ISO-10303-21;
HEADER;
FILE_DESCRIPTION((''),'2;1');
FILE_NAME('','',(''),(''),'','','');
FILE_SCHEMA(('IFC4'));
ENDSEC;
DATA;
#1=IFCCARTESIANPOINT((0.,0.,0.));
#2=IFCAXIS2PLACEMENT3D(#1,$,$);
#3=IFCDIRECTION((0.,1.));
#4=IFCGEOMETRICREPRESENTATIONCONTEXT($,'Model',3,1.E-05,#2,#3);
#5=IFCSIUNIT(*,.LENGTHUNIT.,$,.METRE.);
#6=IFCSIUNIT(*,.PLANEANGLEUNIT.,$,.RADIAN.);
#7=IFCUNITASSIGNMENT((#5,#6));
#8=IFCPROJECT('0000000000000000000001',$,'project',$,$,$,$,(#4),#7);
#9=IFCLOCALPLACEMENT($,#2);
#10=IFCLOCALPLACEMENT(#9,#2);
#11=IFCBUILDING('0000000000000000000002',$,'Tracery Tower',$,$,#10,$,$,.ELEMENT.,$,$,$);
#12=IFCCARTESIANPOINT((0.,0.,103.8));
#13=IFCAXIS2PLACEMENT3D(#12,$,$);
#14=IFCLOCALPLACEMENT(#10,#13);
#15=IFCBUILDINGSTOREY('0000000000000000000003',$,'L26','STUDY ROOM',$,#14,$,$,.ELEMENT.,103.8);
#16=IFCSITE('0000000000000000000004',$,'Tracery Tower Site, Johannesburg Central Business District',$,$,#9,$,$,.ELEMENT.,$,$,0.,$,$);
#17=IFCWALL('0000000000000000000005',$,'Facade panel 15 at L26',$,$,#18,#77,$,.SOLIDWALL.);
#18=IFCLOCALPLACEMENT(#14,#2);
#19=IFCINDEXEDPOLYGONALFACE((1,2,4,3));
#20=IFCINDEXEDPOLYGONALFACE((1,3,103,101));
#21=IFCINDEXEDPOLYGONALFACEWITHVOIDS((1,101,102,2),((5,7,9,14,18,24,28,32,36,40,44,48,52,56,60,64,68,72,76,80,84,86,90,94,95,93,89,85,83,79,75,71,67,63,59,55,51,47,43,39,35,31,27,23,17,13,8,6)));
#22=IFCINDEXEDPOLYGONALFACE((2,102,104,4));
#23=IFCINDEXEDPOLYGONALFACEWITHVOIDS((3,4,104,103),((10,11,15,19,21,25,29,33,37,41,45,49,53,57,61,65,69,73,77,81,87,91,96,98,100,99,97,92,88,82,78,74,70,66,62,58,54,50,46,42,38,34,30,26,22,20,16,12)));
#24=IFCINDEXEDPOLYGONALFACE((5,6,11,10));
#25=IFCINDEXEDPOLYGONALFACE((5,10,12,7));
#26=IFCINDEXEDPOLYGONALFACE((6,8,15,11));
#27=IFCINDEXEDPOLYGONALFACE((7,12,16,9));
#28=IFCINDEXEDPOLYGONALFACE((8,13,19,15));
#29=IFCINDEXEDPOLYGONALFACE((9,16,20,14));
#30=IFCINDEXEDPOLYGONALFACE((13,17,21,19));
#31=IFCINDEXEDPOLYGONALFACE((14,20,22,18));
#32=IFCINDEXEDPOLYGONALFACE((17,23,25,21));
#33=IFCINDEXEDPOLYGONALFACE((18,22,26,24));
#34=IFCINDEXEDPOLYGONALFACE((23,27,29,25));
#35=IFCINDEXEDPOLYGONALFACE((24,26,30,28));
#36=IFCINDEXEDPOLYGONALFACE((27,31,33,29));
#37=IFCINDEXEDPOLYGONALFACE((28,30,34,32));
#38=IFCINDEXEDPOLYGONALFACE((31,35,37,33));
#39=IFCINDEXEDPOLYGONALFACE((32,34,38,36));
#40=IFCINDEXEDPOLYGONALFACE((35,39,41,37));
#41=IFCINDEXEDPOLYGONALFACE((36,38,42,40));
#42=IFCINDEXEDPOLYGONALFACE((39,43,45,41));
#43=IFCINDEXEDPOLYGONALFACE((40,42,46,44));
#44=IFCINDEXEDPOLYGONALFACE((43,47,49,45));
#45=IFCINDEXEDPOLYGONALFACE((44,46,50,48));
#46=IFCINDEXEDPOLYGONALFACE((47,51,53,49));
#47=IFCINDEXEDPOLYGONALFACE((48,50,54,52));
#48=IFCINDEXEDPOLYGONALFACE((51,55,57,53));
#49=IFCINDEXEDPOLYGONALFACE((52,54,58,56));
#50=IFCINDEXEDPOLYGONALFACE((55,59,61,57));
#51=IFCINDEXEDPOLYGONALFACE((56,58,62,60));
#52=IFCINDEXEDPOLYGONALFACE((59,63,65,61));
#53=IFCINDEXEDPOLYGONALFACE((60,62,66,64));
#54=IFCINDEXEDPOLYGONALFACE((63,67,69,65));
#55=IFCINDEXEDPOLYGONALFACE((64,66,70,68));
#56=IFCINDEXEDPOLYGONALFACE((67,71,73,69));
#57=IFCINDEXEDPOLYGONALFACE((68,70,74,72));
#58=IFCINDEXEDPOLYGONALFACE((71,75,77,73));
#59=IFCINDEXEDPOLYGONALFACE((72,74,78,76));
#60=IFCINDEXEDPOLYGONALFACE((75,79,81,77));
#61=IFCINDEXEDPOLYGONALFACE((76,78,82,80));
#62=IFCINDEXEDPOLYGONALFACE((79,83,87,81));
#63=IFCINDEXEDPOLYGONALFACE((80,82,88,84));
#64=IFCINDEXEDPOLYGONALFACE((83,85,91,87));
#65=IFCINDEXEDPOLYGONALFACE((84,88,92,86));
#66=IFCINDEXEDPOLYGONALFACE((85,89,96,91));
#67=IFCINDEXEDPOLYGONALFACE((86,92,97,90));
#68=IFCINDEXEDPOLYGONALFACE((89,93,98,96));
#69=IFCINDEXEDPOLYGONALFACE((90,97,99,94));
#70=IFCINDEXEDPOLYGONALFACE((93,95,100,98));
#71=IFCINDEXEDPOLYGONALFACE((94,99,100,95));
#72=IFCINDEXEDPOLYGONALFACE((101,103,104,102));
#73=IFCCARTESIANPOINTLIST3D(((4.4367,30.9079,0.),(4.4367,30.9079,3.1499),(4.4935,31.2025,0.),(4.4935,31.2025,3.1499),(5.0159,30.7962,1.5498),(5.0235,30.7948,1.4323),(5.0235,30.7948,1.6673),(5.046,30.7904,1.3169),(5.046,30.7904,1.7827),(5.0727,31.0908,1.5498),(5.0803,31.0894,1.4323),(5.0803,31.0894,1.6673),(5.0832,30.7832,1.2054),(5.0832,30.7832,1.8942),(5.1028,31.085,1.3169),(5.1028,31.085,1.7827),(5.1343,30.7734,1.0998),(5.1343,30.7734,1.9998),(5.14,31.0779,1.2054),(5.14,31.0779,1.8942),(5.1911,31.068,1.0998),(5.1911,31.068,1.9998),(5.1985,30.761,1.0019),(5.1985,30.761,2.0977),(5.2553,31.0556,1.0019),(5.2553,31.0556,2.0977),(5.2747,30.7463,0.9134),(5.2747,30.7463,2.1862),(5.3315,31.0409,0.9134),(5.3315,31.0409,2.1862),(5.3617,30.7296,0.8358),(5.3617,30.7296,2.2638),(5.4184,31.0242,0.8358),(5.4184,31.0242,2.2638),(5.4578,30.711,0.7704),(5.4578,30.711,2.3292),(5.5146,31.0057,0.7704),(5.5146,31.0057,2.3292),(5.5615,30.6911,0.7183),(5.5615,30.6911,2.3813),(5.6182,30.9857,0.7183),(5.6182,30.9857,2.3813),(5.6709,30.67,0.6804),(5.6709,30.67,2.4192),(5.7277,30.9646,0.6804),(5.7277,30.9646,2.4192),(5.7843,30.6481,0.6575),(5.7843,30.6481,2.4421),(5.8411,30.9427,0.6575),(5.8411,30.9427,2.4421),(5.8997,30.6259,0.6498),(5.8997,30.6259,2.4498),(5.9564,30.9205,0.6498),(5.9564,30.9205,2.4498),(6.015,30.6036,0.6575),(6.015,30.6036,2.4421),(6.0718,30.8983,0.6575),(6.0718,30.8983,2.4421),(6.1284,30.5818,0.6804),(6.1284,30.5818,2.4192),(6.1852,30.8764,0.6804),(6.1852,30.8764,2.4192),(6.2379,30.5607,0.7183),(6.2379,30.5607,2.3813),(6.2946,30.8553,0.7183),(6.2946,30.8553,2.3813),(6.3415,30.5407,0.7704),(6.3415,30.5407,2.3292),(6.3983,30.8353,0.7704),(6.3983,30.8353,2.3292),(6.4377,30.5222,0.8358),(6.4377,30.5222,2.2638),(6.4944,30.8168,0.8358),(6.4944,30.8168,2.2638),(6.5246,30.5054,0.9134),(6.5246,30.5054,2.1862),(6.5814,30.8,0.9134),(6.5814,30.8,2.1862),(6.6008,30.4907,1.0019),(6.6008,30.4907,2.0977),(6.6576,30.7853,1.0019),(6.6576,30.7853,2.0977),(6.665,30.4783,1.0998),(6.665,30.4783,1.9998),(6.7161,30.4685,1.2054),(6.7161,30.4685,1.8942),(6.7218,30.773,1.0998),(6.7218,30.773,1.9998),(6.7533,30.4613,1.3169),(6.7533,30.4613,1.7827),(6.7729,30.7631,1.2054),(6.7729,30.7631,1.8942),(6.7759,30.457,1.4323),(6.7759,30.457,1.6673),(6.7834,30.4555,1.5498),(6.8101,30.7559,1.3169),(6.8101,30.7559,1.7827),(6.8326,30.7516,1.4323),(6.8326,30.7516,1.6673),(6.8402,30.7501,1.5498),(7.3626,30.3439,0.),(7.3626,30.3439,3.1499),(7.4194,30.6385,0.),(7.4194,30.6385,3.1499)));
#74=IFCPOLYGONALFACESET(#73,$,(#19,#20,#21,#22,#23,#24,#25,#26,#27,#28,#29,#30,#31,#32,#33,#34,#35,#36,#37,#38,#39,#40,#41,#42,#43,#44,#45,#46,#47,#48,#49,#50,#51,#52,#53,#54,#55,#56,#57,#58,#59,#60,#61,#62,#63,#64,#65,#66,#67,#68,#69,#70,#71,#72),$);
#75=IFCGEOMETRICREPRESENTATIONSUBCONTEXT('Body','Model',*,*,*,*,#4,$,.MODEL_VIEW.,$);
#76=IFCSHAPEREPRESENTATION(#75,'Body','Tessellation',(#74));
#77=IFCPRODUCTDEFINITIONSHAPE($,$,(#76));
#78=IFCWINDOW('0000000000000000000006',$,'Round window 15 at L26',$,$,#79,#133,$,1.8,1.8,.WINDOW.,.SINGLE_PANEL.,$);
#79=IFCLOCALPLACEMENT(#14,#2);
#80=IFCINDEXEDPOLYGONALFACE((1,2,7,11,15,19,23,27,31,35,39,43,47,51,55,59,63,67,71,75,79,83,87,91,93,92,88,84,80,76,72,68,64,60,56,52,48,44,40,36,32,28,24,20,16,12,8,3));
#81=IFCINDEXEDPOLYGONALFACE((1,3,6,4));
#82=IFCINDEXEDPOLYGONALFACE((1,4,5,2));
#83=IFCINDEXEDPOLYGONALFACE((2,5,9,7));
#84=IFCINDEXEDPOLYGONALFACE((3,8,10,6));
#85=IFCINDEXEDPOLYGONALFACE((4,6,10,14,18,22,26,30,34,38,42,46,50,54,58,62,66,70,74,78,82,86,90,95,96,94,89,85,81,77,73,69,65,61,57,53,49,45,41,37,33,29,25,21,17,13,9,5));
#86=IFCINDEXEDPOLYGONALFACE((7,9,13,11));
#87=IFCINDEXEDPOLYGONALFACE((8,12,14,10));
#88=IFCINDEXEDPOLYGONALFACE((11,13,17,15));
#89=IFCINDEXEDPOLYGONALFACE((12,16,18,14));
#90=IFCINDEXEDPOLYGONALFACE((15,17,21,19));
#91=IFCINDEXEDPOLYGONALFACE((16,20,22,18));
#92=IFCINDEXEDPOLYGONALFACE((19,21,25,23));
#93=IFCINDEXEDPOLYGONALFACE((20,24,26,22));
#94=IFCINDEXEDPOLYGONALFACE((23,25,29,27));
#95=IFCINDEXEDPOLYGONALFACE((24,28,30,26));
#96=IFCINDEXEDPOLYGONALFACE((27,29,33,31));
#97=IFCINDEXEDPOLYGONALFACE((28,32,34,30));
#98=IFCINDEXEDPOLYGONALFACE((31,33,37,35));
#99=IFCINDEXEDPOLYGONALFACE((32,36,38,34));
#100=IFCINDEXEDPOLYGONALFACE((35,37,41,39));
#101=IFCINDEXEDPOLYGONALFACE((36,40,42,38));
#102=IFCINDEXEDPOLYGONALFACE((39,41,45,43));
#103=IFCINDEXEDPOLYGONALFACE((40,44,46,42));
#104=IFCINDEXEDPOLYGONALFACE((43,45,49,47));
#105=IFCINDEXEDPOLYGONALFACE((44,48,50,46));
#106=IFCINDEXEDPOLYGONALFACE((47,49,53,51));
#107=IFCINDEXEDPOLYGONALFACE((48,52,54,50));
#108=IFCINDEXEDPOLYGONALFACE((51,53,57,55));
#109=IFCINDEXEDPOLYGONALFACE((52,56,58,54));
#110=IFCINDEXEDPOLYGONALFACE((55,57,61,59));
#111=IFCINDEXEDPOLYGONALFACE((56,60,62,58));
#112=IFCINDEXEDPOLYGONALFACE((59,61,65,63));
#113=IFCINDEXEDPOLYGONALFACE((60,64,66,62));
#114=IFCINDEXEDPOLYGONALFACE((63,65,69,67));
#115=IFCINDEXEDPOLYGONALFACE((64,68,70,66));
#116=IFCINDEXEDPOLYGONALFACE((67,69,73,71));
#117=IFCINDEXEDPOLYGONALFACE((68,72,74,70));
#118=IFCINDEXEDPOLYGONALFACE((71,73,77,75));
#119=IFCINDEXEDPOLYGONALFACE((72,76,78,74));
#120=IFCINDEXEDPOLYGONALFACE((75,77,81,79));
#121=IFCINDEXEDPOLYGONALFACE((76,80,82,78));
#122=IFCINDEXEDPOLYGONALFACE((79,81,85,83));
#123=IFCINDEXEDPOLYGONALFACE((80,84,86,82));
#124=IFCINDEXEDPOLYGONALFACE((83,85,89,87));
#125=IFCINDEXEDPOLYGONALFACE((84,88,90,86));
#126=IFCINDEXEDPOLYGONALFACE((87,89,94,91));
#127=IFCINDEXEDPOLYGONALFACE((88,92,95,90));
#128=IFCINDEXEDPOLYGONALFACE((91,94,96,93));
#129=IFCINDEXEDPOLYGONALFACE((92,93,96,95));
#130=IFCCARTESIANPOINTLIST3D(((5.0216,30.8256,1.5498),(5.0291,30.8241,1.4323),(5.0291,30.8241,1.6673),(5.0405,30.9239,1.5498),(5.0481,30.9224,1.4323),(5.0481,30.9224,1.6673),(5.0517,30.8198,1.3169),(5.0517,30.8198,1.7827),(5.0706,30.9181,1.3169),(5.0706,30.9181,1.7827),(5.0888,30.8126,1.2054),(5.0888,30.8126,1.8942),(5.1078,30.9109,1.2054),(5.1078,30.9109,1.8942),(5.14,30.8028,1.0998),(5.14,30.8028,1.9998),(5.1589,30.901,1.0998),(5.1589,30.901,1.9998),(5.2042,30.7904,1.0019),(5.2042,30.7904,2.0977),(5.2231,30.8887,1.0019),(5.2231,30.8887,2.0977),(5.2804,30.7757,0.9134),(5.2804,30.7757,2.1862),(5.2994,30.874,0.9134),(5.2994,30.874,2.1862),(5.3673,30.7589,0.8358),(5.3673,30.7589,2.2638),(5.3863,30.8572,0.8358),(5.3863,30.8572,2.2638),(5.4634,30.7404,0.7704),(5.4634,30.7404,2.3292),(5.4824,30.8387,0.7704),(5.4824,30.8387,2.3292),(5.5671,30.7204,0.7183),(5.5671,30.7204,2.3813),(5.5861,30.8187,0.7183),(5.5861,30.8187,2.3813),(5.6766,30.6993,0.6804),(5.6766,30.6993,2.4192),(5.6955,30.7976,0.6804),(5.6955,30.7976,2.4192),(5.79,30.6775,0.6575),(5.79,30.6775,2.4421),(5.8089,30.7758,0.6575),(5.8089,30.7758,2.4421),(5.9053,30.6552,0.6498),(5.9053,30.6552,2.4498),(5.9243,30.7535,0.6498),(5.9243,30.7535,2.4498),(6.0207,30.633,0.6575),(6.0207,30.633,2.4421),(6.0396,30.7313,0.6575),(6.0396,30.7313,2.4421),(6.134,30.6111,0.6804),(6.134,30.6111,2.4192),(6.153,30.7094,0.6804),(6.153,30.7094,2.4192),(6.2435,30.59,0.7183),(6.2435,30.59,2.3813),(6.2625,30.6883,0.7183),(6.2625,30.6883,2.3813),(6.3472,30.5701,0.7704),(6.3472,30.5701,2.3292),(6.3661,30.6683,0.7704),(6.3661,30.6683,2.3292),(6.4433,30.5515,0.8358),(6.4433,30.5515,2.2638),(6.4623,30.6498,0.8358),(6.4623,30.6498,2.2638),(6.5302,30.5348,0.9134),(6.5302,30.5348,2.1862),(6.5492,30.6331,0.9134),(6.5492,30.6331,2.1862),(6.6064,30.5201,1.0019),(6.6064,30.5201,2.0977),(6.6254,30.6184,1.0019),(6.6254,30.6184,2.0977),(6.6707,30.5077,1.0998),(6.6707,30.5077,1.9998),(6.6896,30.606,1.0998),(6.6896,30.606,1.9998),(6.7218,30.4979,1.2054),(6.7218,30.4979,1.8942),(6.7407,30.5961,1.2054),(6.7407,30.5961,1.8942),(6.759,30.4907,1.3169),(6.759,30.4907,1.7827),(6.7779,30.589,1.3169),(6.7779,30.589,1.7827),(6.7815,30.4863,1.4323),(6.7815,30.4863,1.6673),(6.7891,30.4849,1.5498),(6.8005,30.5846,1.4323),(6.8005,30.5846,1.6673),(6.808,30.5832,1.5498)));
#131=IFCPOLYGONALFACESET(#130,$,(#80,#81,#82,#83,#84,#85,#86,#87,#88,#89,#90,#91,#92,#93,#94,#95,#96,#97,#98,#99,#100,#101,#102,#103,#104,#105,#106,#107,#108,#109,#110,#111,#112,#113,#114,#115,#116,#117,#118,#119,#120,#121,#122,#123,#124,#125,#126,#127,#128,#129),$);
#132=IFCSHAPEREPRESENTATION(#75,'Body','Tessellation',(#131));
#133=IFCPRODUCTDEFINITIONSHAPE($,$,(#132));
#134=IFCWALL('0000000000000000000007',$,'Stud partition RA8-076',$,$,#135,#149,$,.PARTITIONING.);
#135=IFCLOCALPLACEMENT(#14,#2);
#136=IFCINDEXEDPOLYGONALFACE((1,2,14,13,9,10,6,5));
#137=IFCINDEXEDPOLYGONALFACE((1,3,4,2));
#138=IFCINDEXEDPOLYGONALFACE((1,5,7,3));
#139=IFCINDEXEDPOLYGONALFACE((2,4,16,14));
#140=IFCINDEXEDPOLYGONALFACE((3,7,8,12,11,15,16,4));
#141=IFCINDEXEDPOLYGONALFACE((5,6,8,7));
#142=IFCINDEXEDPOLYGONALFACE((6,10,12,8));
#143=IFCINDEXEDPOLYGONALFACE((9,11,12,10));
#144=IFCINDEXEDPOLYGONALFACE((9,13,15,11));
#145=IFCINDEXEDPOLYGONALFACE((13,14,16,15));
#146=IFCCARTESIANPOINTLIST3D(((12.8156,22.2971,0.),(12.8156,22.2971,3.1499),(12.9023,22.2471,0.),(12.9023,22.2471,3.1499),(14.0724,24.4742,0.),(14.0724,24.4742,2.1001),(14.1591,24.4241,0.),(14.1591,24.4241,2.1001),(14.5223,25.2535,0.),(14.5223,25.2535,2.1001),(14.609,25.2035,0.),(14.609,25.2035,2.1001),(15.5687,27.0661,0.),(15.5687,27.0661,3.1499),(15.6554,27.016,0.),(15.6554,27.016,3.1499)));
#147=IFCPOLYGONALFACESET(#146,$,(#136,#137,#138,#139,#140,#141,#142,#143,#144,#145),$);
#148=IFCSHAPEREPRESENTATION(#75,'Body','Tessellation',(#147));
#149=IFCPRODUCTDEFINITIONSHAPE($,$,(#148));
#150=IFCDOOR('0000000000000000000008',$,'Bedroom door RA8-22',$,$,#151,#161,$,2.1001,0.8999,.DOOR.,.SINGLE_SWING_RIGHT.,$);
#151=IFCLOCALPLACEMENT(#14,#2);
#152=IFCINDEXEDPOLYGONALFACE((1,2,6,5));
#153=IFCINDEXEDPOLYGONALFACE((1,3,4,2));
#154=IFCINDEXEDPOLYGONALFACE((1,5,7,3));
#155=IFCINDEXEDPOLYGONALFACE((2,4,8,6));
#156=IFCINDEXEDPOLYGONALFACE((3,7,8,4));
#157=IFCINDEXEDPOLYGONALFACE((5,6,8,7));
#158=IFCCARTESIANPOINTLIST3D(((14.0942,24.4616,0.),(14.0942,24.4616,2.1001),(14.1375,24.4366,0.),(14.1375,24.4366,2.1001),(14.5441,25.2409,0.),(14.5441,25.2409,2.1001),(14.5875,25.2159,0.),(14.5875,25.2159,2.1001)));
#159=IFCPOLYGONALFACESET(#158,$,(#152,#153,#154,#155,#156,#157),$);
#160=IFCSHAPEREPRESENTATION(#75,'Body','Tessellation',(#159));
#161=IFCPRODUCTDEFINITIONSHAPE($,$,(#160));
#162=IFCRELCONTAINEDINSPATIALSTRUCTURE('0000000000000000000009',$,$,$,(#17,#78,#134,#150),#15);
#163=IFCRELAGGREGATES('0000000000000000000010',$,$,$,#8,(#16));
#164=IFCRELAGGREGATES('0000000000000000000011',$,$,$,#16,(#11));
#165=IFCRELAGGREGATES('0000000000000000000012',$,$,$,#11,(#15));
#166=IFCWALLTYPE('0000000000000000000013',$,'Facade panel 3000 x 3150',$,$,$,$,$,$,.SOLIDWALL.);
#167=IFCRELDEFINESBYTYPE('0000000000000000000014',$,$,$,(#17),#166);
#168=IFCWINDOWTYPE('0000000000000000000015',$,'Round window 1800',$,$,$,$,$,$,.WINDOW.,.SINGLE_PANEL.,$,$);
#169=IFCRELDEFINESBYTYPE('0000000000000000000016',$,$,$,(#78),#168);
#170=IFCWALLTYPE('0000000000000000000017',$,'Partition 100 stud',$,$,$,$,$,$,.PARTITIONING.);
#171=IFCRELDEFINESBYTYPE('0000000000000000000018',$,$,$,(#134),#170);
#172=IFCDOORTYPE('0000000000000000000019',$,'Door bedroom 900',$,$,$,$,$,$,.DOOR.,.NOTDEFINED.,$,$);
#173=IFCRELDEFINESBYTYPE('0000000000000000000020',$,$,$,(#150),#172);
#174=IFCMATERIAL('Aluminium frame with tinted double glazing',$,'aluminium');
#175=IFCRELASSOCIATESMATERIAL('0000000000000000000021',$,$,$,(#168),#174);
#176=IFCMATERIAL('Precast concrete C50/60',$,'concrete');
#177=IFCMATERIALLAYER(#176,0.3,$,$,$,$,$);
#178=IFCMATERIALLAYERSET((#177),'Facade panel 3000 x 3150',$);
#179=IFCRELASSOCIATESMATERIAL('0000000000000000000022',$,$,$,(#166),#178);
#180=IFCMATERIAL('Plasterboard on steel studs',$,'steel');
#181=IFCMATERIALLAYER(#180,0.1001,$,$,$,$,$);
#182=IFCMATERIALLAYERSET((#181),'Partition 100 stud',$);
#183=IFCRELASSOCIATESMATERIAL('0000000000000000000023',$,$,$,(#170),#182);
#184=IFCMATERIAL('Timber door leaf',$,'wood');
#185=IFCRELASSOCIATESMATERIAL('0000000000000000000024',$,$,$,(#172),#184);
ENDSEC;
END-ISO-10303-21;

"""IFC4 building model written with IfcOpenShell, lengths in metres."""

from ifc_helpers import new_model, si_unit, direction, frame, frame_2d, origin, origin_2d, place, context, subcontext, project, spatial, rectangle, circle, extrude, material, layer, layer_set, type_object, element, fill, save


model = new_model("IFC4")

# Units and contexts
model_context = context("Model", 3, precision=1e-05, world=origin(), true_north=direction((0.0, 1.0)))
body_context = subcontext(model_context, "Body", "Model", "MODEL_VIEW")
ifc_project = project(units=[si_unit("LENGTHUNIT", "METRE"), si_unit("PLANEANGLEUNIT", "RADIAN")], contexts=[model_context])

# Site, building, storey
site_placement = place(None, origin())
site = spatial("IfcSite", under=ifc_project, at=site_placement, Name="Tracery Tower Site, Johannesburg Central Business District", CompositionType="ELEMENT", RefElevation=0.0)
building_placement = place(site_placement, origin())
building = spatial("IfcBuilding", under=site, at=building_placement, Name="Tracery Tower", CompositionType="ELEMENT")
storey_placement = place(building_placement, frame((0.0, 0.0, 103.8)))
storey = spatial("IfcBuildingStorey", under=building, at=storey_placement, Name="L26", Description="STUDY ROOM", CompositionType="ELEMENT", Elevation=103.8)

# Wall, opening, window
ifc_material_1 = material(Name="Aluminium frame with tinted double glazing", Category="aluminium")
window_type = type_object("IfcWindowType", Name="Round window 1800", PartitioningType="SINGLE_PANEL", PredefinedType="WINDOW", material=ifc_material_1)
ifc_material_2 = material(Name="Precast concrete C50/60", Category="concrete")
ifc_layer_1 = layer(ifc_material_2, 0.3)
ifc_layer_set_1 = layer_set([ifc_layer_1], Name="Facade panel 3000 x 3150")
wall_type_1 = type_object("IfcWallType", Name="Facade panel 3000 x 3150", PredefinedType="SOLIDWALL", material=ifc_layer_set_1)
wall_1_placement = place(storey_placement, frame((7.3909, 30.4912, 0.0), z_axis=(0.0, 0.0, 1.0), x_axis=(-0.981925, 0.189273, 0.0)))
wall_1 = element("IfcWall", 1, at=wall_1_placement, inside=storey, type_object=wall_type_1, Name="Facade panel 15 at L26", PredefinedType="SOLIDWALL", context=body_context, shape_type="SweptSolid", body=[
    extrude(rectangle(XDim=2.9797, YDim=0.3, at=frame_2d((1.4897, 0.0))), origin(), (0.0, 0.0, 1.0), 3.1499),
])
opening_1_placement = place(wall_1_placement, frame((1.4897, 0.0, 1.5498)))
opening_1 = element("IfcOpeningElement", 2, at=opening_1_placement, cuts=wall_1, PredefinedType="OPENING", context=body_context, shape_type="SweptSolid", body=[
    extrude(circle(Radius=0.9, at=origin_2d()), frame((0.0, 0.1599, 0.0), z_axis=(0.0, -1.0, 0.0), x_axis=(1.0, 0.0, 0.0)), (0.0, 0.0, 1.0), 0.3201),
])
window_1_placement = place(opening_1_placement, origin())
window_1 = element("IfcWindow", 3, at=window_1_placement, inside=storey, type_object=window_type, Name="Round window 15 at L26", OverallHeight=1.8, OverallWidth=1.8, PartitioningType="SINGLE_PANEL", PredefinedType="WINDOW", context=body_context, shape_type="SweptSolid", body=[
    extrude(circle(Radius=0.9, at=origin_2d()), frame((0.0, 0.1201, 0.0), z_axis=(0.0, -1.0, 0.0), x_axis=(1.0, 0.0, 0.0)), (0.0, 0.0, 1.0), 0.1001),
])
fill(opening_1, window_1)

# Wall, opening, door
ifc_material_3 = material(Name="Plasterboard on steel studs", Category="steel")
ifc_layer_2 = layer(ifc_material_3, 0.1001)
ifc_layer_set_2 = layer_set([ifc_layer_2], Name="Partition 100 stud")
wall_type_2 = type_object("IfcWallType", Name="Partition 100 stud", PredefinedType="PARTITIONING", material=ifc_layer_set_2)
wall_2_placement = place(storey_placement, frame((12.8589, 22.272, 0.0), z_axis=(0.0, 0.0, 1.0), x_axis=(0.499968, 0.866044, 0.0)))
wall_2 = element("IfcWall", 4, at=wall_2_placement, inside=storey, type_object=wall_type_2, Name="Stud partition RA8-076", PredefinedType="PARTITIONING", context=body_context, shape_type="SweptSolid", body=[
    extrude(rectangle(XDim=5.5066, YDim=0.1001, at=frame_2d((2.7534, 0.0))), origin(), (0.0, 0.0, 1.0), 3.1499),
])
opening_2_placement = place(wall_2_placement, frame((2.5139, 0.0, 0.0)))
opening_2 = element("IfcOpeningElement", 5, at=opening_2_placement, cuts=wall_2, PredefinedType="OPENING", context=body_context, shape_type="SweptSolid", body=[
    extrude(rectangle(XDim=0.8999, YDim=2.1001, at=frame_2d((0.45, 1.05))), frame((0.0, 0.05, 0.0), z_axis=(0.0, -1.0, 0.0), x_axis=(1.0, 0.0, 0.0)), (0.0, 0.0, 1.0), 0.1001),
])
ifc_material_4 = material(Name="Timber door leaf", Category="wood")
door_type_1 = type_object("IfcDoorType", Name="Door bedroom 900", OperationType="NOTDEFINED", PredefinedType="DOOR", material=ifc_material_4)
door_1_placement = place(opening_2_placement, origin())
door_1 = element("IfcDoor", 6, at=door_1_placement, inside=storey, type_object=door_type_1, Name="Bedroom door RA8-22", OperationType="SINGLE_SWING_RIGHT", OverallHeight=2.1001, OverallWidth=0.8999, PredefinedType="DOOR", context=body_context, shape_type="SweptSolid", body=[
    extrude(rectangle(XDim=0.8999, YDim=2.1001, at=frame_2d((0.45, 1.05))), frame((0.0, 0.0249, 0.0), z_axis=(0.0, -1.0, 0.0), x_axis=(1.0, 0.0, 0.0)), (0.0, 0.0, 1.0), 0.05),
])
fill(opening_2, door_1)

save(model, "model.ifc")
